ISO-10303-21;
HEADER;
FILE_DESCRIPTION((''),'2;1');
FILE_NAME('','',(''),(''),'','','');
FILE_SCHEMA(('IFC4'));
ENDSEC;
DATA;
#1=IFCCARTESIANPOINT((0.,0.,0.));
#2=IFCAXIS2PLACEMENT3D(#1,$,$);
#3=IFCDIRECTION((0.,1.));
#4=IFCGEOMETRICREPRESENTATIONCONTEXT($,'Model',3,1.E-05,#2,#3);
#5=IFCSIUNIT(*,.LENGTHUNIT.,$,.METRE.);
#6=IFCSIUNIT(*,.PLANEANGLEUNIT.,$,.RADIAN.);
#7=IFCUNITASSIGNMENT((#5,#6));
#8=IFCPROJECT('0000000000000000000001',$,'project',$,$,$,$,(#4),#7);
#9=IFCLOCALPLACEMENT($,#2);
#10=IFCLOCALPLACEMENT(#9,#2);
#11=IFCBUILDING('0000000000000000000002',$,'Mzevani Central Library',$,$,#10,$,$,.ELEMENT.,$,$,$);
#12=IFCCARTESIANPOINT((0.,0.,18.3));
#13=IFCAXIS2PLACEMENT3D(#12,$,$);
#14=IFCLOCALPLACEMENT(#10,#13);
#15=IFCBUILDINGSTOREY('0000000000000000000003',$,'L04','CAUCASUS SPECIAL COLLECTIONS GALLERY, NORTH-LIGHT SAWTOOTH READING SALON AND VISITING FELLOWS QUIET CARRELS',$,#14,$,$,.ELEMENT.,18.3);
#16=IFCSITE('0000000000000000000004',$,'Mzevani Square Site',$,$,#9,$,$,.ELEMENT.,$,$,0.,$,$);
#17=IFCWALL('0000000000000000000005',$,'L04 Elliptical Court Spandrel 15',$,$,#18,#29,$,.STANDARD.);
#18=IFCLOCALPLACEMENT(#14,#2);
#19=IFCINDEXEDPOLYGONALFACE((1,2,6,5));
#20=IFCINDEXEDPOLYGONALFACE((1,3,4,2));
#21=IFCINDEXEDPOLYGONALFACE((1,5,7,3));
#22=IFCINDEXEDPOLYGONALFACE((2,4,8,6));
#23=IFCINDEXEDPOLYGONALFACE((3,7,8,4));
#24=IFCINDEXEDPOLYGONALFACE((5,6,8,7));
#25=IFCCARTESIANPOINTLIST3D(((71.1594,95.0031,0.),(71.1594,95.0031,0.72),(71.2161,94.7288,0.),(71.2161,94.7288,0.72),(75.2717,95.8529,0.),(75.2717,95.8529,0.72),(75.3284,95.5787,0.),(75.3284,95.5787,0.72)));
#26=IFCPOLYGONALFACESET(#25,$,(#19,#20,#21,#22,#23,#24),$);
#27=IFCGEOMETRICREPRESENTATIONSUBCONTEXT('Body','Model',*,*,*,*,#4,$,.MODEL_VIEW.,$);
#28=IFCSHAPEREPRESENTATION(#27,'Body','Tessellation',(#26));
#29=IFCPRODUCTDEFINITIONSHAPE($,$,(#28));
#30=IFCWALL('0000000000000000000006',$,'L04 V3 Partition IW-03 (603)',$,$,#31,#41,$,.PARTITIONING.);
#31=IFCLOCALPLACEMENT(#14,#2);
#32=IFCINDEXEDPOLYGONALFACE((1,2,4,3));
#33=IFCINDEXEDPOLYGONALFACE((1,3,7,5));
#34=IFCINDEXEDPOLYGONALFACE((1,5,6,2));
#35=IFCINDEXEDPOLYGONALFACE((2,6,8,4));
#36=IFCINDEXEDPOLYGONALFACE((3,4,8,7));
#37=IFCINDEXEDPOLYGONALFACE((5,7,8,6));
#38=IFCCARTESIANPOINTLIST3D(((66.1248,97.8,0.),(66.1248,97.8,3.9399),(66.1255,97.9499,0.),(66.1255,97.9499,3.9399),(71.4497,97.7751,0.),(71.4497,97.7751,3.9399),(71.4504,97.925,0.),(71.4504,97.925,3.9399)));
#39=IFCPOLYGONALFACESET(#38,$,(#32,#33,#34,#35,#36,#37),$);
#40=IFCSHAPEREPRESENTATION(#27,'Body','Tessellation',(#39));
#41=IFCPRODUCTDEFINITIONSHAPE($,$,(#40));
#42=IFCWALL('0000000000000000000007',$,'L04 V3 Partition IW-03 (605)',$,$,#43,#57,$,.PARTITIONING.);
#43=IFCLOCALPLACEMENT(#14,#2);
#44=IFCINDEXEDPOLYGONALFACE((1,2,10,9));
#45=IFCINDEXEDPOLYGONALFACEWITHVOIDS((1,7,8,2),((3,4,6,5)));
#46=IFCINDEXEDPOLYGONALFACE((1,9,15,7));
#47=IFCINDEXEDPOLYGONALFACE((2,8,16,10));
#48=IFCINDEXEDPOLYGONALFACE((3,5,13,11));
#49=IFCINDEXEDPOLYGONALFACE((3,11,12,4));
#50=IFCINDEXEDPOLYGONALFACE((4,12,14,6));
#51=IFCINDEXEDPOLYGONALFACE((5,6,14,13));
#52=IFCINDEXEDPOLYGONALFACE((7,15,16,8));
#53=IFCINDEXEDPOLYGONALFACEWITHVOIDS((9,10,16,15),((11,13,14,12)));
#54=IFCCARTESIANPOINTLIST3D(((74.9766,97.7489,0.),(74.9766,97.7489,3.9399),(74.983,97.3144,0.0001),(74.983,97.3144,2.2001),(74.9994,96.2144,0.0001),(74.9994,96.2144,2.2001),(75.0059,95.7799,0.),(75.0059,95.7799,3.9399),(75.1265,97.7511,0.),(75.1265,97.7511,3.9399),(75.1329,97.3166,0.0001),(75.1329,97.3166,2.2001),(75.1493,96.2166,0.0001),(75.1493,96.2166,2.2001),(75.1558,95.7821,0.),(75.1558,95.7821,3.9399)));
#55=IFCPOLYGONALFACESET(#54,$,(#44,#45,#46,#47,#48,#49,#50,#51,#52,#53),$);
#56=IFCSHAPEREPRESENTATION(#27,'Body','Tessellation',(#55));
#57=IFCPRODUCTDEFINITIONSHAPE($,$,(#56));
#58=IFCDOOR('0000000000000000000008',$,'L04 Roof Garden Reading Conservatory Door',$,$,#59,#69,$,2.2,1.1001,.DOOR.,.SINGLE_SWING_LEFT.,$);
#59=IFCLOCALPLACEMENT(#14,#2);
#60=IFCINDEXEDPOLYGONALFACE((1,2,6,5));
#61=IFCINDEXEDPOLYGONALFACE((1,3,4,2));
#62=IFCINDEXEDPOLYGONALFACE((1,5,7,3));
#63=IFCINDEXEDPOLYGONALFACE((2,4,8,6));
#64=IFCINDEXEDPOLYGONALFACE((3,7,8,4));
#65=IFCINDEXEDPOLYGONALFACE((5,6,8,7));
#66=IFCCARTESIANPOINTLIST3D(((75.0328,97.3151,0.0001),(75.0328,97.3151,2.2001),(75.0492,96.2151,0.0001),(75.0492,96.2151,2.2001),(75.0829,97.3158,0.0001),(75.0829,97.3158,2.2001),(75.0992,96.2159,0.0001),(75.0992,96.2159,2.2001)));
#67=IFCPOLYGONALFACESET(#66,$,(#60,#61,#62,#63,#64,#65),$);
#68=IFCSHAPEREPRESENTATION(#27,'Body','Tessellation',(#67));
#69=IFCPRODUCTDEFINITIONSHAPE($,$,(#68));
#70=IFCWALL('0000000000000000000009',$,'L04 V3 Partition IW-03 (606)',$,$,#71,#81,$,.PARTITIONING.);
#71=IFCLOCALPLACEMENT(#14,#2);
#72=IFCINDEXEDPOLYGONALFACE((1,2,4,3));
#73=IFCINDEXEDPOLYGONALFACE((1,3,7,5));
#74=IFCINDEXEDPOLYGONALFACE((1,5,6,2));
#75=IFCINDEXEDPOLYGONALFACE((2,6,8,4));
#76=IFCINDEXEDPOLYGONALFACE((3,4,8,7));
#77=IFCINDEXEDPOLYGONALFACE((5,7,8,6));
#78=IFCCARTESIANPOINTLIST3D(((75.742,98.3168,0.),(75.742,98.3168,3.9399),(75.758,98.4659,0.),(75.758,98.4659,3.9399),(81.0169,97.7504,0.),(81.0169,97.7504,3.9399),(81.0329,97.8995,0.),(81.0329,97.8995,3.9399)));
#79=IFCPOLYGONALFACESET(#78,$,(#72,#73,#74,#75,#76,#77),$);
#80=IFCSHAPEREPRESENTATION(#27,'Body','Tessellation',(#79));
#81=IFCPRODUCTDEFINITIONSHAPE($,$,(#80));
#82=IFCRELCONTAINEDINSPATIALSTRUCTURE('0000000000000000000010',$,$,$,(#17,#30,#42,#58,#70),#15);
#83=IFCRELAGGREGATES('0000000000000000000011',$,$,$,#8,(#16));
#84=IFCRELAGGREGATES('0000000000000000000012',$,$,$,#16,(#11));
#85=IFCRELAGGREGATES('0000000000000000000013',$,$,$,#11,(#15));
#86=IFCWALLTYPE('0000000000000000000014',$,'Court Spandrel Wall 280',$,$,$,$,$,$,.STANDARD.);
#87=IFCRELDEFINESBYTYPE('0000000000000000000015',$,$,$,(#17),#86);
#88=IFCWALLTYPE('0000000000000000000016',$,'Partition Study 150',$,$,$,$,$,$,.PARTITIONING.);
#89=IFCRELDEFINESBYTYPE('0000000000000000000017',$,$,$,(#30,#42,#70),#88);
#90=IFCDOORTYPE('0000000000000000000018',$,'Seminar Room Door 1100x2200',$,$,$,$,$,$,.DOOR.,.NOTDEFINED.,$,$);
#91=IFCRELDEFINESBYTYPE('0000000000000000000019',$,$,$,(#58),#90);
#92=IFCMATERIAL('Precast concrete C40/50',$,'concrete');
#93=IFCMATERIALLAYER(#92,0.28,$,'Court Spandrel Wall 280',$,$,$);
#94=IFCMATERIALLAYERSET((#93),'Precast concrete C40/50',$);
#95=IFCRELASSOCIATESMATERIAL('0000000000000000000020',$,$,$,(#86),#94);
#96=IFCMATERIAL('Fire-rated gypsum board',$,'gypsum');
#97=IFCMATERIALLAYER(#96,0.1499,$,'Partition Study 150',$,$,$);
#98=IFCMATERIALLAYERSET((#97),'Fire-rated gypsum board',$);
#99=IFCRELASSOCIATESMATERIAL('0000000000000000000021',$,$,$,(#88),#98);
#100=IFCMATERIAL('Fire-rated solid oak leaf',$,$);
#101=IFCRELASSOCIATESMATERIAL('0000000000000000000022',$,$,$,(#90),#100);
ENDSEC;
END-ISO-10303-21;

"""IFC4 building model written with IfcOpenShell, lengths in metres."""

from ifc_helpers import new_model, si_unit, direction, frame, frame_2d, origin, place, context, subcontext, project, spatial, rectangle, extrude, material, layer, layer_set, type_object, element, fill, save


model = new_model("IFC4")

# Units and contexts
model_context = context("Model", 3, precision=1e-05, world=origin(), true_north=direction((0.0, 1.0)))
body_context = subcontext(model_context, "Body", "Model", "MODEL_VIEW")
ifc_project = project(units=[si_unit("LENGTHUNIT", "METRE"), si_unit("PLANEANGLEUNIT", "RADIAN")], contexts=[model_context])

# Site, building, storey
site_placement = place(None, origin())
site = spatial("IfcSite", under=ifc_project, at=site_placement, Name="Mzevani Square Site", CompositionType="ELEMENT", RefElevation=0.0)
building_placement = place(site_placement, origin())
building = spatial("IfcBuilding", under=site, at=building_placement, Name="Mzevani Central Library", CompositionType="ELEMENT")
storey_placement = place(building_placement, frame((0.0, 0.0, 18.3)))
storey = spatial("IfcBuildingStorey", under=building, at=storey_placement, Name="L04", Description="CAUCASUS SPECIAL COLLECTIONS GALLERY, NORTH-LIGHT SAWTOOTH READING SALON AND VISITING FELLOWS QUIET CARRELS", CompositionType="ELEMENT", Elevation=18.3)

# Walls
ifc_material_1 = material(Name="Precast concrete C40/50", Category="concrete")
ifc_layer_1 = layer(ifc_material_1, 0.28, Name="Court Spandrel Wall 280")
ifc_layer_set_1 = layer_set([ifc_layer_1], Name="Precast concrete C40/50")
wall_type_1 = type_object("IfcWallType", Name="Court Spandrel Wall 280", PredefinedType="STANDARD", material=ifc_layer_set_1)
wall_1_placement = place(storey_placement, frame((75.3, 95.7158, 0.0), z_axis=(0.0, 0.0, 1.0), x_axis=(-0.979306, -0.202385, 0.0)))
element("IfcWall", 1, at=wall_1_placement, inside=storey, type_object=wall_type_1, Name="L04 Elliptical Court Spandrel 15", PredefinedType="STANDARD", context=body_context, shape_type="SweptSolid", body=[
    extrude(rectangle(XDim=4.1992, YDim=0.28, at=frame_2d((2.0996, 0.0))), origin(), (0.0, 0.0, 1.0), 0.72),
])
ifc_material_2 = material(Name="Fire-rated gypsum board", Category="gypsum")
ifc_layer_2 = layer(ifc_material_2, 0.1499, Name="Partition Study 150")
ifc_layer_set_2 = layer_set([ifc_layer_2], Name="Fire-rated gypsum board")
wall_type_2 = type_object("IfcWallType", Name="Partition Study 150", PredefinedType="PARTITIONING", material=ifc_layer_set_2)
wall_2_placement = place(storey_placement, frame((66.125, 97.875, 0.0), z_axis=(0.0, 0.0, 1.0), x_axis=(0.999989, -0.004676, 0.0)))
element("IfcWall", 2, at=wall_2_placement, inside=storey, type_object=wall_type_2, Name="L04 V3 Partition IW-03 (603)", PredefinedType="PARTITIONING", context=body_context, shape_type="SweptSolid", body=[
    extrude(rectangle(XDim=5.325, YDim=0.1499, at=frame_2d((2.6626, 0.0))), origin(), (0.0, 0.0, 1.0), 3.9399),
])

# Wall, opening, door
wall_3_placement = place(storey_placement, frame((75.0515, 97.75, 0.0), z_axis=(0.0, 0.0, 1.0), x_axis=(0.014877, -0.999889, 0.0)))
wall_3 = element("IfcWall", 3, at=wall_3_placement, inside=storey, type_object=wall_type_2, Name="L04 V3 Partition IW-03 (605)", PredefinedType="PARTITIONING", context=body_context, shape_type="SweptSolid", body=[
    extrude(rectangle(XDim=1.9692, YDim=0.1499, at=frame_2d((0.9846, 0.0))), origin(), (0.0, 0.0, 1.0), 3.9399),
])
opening_placement = place(wall_3_placement, frame((0.4346, 0.0, 0.0)))
opening = element("IfcOpeningElement", 4, at=opening_placement, cuts=wall_3, PredefinedType="OPENING", context=body_context, shape_type="SweptSolid", body=[
    extrude(rectangle(XDim=1.1001, YDim=2.2, at=frame_2d((0.55, 1.1001))), frame((0.0, 0.085, 0.0), z_axis=(0.0, -1.0, 0.0), x_axis=(1.0, 0.0, 0.0)), (0.0, 0.0, 1.0), 0.1699),
])
ifc_material_3 = material(Name="Fire-rated solid oak leaf")
door_type = type_object("IfcDoorType", Name="Seminar Room Door 1100x2200", OperationType="NOTDEFINED", PredefinedType="DOOR", material=ifc_material_3)
door_placement = place(opening_placement, origin())
door = element("IfcDoor", 5, at=door_placement, inside=storey, type_object=door_type, Name="L04 Roof Garden Reading Conservatory Door", OperationType="SINGLE_SWING_LEFT", OverallHeight=2.2, OverallWidth=1.1001, PredefinedType="DOOR", context=body_context, shape_type="SweptSolid", body=[
    extrude(rectangle(XDim=1.1001, YDim=2.2, at=frame_2d((0.55, 1.1001))), frame((0.0, 0.0249, 0.0), z_axis=(0.0, -1.0, 0.0), x_axis=(1.0, 0.0, 0.0)), (0.0, 0.0, 1.0), 0.05),
])
fill(opening, door)

# Wall
wall_4_placement = place(storey_placement, frame((75.75, 98.3914, 0.0), z_axis=(0.0, 0.0, 1.0), x_axis=(0.994284, -0.106764, 0.0)))
element("IfcWall", 6, at=wall_4_placement, inside=storey, type_object=wall_type_2, Name="L04 V3 Partition IW-03 (606)", PredefinedType="PARTITIONING", context=body_context, shape_type="SweptSolid", body=[
    extrude(rectangle(XDim=5.3052, YDim=0.1499, at=frame_2d((2.6526, 0.0))), origin(), (0.0, 0.0, 1.0), 3.9399),
])

save(model, "model.ifc")
